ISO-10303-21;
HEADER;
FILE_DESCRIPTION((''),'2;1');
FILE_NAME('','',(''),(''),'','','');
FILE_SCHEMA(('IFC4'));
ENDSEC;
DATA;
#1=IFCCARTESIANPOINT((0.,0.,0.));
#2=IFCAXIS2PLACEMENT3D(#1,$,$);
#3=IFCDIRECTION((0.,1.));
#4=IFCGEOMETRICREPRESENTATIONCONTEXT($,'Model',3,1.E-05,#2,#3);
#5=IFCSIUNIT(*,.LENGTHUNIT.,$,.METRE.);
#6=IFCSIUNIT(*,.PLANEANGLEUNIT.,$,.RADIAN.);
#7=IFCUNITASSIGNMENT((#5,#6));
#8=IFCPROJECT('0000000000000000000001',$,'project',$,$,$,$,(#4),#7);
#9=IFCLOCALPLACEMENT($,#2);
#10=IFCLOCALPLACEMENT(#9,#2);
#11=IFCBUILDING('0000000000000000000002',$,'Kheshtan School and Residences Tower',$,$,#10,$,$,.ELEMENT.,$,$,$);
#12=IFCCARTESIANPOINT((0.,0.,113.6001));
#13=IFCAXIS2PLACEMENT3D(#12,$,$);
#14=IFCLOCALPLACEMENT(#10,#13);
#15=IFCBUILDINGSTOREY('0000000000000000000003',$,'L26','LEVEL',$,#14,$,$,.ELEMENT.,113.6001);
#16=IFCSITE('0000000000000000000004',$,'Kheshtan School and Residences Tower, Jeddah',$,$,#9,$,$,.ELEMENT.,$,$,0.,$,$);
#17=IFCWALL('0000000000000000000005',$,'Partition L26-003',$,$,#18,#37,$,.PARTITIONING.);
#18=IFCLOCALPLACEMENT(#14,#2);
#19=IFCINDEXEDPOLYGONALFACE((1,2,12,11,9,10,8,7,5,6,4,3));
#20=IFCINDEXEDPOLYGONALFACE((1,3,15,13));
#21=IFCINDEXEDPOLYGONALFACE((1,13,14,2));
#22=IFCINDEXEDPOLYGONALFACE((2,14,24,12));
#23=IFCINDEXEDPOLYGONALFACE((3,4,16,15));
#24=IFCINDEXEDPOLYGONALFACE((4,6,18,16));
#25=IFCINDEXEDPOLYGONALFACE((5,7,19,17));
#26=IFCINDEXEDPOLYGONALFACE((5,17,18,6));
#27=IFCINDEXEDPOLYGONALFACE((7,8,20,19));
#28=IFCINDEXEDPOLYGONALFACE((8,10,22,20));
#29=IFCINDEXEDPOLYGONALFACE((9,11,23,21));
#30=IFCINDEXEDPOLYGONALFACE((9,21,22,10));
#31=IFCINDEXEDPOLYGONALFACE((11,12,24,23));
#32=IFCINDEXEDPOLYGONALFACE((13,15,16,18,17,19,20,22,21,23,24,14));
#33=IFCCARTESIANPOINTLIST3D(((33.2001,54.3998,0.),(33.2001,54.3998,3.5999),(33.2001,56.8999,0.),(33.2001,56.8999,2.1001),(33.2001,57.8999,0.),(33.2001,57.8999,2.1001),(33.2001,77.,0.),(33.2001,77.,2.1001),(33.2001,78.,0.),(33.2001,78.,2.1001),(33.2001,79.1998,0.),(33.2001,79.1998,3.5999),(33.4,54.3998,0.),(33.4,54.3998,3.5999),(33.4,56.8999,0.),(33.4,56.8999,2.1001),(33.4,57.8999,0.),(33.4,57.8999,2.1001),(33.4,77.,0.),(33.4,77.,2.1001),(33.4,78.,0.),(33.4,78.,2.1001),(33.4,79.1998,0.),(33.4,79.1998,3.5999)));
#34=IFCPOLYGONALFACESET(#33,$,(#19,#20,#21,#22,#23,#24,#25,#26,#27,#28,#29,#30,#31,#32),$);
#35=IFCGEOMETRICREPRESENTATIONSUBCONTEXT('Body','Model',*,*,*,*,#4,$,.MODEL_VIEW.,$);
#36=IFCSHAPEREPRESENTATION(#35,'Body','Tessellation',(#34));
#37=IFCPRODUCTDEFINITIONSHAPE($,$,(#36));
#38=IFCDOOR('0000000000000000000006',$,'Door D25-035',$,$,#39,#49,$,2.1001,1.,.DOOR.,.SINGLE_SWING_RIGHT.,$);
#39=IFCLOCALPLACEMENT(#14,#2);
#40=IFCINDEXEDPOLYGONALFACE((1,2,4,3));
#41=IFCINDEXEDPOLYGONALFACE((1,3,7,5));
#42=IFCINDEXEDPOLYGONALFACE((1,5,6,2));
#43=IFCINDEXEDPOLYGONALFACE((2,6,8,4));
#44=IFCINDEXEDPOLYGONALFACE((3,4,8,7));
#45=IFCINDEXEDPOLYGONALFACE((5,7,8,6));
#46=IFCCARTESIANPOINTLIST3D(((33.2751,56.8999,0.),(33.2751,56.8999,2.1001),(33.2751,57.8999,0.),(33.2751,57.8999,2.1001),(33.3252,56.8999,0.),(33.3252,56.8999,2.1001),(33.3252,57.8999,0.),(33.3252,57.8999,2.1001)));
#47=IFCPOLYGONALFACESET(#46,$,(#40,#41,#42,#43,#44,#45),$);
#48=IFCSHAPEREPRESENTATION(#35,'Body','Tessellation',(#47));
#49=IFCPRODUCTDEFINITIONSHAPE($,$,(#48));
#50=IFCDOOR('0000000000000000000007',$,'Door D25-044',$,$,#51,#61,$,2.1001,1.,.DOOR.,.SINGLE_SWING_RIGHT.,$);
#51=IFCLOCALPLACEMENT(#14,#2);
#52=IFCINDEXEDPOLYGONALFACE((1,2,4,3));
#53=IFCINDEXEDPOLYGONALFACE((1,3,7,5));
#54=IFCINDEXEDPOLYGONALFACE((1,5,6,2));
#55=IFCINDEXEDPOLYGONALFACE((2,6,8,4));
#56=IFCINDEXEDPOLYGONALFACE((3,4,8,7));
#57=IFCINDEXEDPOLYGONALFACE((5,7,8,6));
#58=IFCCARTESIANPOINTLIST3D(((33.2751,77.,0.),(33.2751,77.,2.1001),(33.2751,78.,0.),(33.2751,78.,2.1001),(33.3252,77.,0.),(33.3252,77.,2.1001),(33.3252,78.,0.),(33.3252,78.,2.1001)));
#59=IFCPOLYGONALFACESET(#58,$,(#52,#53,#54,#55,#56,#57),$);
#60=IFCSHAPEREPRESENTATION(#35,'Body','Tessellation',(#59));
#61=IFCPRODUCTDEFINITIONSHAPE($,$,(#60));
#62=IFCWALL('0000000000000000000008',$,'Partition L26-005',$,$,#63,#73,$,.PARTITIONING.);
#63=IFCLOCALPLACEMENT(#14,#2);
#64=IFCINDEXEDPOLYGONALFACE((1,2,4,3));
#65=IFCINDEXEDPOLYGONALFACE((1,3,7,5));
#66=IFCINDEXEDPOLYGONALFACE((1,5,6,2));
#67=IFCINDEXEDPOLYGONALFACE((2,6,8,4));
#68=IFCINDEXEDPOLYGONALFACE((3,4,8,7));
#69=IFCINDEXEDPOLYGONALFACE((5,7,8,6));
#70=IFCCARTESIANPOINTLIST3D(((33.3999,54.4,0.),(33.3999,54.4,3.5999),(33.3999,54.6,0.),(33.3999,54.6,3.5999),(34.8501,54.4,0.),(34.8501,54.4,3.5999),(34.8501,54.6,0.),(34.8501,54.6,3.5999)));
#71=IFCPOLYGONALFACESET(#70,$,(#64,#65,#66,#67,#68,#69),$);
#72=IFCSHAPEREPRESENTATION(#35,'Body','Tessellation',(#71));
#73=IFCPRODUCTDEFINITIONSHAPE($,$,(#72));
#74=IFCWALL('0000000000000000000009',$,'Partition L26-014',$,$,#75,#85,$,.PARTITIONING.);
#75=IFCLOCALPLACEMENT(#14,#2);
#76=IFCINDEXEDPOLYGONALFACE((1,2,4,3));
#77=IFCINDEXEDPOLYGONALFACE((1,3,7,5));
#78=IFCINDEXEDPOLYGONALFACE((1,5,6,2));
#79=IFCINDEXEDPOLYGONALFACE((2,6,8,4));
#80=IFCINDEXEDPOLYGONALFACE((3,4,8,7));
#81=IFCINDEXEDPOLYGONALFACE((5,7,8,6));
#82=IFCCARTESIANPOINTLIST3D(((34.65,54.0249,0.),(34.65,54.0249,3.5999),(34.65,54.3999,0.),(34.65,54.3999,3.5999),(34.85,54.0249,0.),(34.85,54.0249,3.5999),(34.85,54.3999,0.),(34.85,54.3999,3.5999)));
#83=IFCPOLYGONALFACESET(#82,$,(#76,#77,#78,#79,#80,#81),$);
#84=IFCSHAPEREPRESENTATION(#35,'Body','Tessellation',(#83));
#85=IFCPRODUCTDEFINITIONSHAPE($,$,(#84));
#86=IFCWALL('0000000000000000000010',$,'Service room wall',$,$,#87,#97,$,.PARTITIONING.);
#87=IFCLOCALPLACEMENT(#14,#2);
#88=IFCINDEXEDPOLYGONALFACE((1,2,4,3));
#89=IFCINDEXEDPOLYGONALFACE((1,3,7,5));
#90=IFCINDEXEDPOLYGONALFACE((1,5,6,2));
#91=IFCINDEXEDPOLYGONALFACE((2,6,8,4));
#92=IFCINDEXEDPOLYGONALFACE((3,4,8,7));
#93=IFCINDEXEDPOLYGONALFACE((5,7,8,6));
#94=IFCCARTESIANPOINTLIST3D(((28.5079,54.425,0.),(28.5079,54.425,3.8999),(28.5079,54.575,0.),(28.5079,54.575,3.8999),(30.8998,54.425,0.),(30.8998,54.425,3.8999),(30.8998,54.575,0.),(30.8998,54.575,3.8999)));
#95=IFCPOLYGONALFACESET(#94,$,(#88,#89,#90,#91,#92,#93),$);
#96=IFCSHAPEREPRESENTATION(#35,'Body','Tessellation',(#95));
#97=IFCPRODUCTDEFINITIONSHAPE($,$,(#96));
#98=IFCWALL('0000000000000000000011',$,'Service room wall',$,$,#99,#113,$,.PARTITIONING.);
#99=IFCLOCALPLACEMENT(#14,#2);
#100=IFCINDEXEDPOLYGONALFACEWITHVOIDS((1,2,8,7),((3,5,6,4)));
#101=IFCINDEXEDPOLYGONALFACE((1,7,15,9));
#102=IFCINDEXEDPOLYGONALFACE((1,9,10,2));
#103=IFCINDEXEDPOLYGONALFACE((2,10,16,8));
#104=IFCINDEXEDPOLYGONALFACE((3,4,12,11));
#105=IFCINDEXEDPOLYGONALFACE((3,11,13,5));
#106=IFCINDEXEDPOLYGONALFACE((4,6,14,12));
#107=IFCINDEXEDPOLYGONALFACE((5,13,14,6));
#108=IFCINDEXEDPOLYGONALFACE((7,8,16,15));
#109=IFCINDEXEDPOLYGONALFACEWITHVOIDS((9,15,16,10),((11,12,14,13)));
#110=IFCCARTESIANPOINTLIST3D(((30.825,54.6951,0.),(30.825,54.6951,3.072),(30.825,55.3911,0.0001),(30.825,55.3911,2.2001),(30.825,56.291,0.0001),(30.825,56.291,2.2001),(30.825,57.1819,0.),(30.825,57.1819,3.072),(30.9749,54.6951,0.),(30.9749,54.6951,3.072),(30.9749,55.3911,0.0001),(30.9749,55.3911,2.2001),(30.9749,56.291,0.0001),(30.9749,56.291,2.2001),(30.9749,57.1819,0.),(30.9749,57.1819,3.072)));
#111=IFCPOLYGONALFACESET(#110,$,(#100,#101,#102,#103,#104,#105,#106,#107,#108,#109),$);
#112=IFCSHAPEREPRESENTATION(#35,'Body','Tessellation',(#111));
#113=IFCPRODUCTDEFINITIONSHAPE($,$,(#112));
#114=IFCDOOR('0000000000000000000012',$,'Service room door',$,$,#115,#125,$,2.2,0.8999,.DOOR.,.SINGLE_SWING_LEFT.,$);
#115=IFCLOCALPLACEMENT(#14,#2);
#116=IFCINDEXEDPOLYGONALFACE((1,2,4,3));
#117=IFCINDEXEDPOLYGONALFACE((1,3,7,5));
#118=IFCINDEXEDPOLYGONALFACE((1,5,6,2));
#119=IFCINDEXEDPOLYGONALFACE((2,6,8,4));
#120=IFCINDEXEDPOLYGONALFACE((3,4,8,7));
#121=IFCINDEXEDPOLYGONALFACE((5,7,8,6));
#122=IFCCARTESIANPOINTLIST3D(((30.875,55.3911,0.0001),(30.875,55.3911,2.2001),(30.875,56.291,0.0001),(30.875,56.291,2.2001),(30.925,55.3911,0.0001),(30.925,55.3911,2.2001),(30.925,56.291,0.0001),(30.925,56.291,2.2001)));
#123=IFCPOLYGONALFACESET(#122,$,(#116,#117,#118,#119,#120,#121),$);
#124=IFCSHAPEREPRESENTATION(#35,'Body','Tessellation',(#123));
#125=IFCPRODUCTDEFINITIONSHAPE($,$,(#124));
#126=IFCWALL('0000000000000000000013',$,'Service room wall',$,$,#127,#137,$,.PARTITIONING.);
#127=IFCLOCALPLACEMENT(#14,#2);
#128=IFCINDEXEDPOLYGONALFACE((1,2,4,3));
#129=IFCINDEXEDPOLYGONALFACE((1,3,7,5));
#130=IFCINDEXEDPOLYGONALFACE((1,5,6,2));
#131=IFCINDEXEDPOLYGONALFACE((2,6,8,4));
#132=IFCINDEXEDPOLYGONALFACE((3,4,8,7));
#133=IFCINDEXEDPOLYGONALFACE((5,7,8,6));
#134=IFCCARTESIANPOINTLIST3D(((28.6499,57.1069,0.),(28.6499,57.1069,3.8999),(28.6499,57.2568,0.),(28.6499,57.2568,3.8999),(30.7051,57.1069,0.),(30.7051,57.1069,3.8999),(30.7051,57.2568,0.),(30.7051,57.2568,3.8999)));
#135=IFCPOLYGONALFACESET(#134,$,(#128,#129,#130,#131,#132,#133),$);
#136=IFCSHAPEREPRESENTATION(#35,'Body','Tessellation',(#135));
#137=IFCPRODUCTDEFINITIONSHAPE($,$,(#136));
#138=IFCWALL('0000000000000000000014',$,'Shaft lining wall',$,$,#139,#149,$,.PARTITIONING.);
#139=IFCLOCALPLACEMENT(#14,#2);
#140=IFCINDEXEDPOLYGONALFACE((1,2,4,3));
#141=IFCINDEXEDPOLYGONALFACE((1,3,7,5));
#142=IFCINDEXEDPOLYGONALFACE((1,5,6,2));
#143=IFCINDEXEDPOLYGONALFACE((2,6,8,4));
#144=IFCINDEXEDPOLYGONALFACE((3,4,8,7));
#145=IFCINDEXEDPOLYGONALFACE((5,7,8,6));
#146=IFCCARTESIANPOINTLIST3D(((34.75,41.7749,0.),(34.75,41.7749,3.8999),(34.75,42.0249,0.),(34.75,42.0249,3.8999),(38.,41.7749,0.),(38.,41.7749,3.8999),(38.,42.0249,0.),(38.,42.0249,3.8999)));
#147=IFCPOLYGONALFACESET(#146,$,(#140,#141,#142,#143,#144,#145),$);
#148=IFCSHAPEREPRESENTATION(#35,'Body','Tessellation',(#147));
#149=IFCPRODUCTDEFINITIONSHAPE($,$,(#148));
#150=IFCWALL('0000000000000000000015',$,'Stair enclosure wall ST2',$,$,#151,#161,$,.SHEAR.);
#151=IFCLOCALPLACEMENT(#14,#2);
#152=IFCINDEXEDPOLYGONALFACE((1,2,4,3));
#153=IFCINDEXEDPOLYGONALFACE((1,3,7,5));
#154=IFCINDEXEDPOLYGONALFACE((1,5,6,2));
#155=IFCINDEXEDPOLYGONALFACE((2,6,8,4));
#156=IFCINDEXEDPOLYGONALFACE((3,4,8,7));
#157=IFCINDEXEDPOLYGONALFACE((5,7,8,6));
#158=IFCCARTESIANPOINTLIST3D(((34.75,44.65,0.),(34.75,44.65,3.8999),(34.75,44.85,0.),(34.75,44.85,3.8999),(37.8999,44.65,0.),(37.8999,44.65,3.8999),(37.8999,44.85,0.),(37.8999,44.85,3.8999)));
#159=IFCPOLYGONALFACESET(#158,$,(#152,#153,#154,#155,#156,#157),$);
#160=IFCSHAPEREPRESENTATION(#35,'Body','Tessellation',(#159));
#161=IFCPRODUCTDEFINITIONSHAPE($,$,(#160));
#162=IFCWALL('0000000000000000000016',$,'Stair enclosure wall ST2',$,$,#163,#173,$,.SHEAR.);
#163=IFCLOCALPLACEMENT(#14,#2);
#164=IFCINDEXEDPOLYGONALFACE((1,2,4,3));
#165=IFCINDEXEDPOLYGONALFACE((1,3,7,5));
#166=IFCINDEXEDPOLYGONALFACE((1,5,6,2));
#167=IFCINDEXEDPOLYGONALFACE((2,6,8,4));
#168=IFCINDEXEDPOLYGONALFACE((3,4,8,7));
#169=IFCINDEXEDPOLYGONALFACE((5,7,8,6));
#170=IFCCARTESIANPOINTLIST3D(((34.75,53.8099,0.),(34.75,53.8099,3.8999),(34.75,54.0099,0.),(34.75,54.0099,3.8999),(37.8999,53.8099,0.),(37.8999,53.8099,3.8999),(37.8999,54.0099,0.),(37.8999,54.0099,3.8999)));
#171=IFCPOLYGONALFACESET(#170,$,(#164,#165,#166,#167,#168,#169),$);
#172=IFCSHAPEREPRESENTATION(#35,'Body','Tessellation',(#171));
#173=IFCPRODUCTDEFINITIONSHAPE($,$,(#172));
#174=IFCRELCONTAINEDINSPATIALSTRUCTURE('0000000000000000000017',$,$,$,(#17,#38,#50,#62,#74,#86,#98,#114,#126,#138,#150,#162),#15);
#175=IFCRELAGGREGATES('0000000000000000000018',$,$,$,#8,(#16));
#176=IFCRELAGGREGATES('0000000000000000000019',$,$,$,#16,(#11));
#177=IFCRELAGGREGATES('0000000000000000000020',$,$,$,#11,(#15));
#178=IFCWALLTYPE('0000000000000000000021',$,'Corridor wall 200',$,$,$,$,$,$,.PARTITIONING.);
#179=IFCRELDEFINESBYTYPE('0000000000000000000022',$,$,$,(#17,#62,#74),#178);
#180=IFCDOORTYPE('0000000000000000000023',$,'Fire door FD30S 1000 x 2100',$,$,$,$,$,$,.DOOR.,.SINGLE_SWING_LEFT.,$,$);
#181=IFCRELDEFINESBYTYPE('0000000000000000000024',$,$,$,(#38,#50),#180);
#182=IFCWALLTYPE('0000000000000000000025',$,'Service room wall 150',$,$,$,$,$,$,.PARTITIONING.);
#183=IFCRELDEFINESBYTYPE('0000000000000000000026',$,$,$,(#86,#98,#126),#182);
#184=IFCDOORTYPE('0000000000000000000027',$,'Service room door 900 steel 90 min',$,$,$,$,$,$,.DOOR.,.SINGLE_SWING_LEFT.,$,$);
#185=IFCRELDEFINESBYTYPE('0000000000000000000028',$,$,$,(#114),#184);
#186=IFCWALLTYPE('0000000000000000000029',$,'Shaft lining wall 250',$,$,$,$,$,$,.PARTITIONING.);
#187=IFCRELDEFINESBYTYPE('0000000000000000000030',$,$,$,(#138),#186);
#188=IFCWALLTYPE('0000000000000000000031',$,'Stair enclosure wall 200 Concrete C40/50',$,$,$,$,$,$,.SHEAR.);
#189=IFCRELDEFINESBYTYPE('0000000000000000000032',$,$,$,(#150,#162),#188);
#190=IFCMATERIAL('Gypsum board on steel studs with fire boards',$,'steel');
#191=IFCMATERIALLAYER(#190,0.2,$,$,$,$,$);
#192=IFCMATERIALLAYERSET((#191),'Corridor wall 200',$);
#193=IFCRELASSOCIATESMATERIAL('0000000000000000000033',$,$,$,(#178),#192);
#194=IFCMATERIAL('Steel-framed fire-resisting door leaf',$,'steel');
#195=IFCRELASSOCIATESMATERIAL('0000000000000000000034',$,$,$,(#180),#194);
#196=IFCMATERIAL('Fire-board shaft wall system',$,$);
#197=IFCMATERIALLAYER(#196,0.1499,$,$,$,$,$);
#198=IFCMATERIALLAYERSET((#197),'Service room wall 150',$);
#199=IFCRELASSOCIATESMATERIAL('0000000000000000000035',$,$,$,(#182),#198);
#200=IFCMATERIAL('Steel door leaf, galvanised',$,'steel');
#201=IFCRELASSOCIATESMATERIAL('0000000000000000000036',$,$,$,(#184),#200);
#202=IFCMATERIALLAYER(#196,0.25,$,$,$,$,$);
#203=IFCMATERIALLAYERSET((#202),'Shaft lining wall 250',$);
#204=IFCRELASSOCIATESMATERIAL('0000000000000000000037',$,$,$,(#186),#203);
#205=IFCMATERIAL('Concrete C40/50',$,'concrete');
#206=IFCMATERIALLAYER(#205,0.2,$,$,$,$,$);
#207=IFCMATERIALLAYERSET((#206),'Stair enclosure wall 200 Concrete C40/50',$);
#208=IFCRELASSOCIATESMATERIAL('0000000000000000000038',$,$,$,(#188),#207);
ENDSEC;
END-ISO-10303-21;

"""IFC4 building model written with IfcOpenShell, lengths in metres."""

from ifc_helpers import new_model, si_unit, direction, frame, frame_2d, origin, place, context, subcontext, project, spatial, rectangle, extrude, source, transform, mapped, material, layer, layer_set, type_object, element, fill, save


model = new_model("IFC4")

# Units and contexts
model_context = context("Model", 3, precision=1e-05, world=origin(), true_north=direction((0.0, 1.0)))
body_context = subcontext(model_context, "Body", "Model", "MODEL_VIEW")
ifc_project = project(units=[si_unit("LENGTHUNIT", "METRE"), si_unit("PLANEANGLEUNIT", "RADIAN")], contexts=[model_context])

# Site, building, storey
site_placement = place(None, origin())
site = spatial("IfcSite", under=ifc_project, at=site_placement, Name="Kheshtan School and Residences Tower, Jeddah", CompositionType="ELEMENT", RefElevation=0.0)
building_placement = place(site_placement, origin())
building = spatial("IfcBuilding", under=site, at=building_placement, Name="Kheshtan School and Residences Tower", CompositionType="ELEMENT")
storey_placement = place(building_placement, frame((0.0, 0.0, 113.6001)))
storey = spatial("IfcBuildingStorey", under=building, at=storey_placement, Name="L26", Description="LEVEL", CompositionType="ELEMENT", Elevation=113.6001)

# Wall, openings, doors
ifc_material_1 = material(Name="Gypsum board on steel studs with fire boards", Category="steel")
ifc_layer_1 = layer(ifc_material_1, 0.2)
ifc_layer_set_1 = layer_set([ifc_layer_1], Name="Corridor wall 200")
wall_type_1 = type_object("IfcWallType", Name="Corridor wall 200", PredefinedType="PARTITIONING", material=ifc_layer_set_1)
wall_1_placement = place(storey_placement, frame((33.3, 54.3999, 0.0), z_axis=(0.0, 0.0, 1.0), x_axis=(0.0, 1.0, 0.0)))
wall_1 = element("IfcWall", 1, at=wall_1_placement, inside=storey, type_object=wall_type_1, Name="Partition L26-003", PredefinedType="PARTITIONING", context=body_context, shape_type="SweptSolid", body=[
    extrude(rectangle(XDim=24.8, YDim=0.2, at=frame_2d((12.3999, 0.0))), origin(), (0.0, 0.0, 1.0), 3.5999),
])
opening_1_placement = place(wall_1_placement, frame((2.5, 0.0, 0.0)))
opening_1 = element("IfcOpeningElement", 2, at=opening_1_placement, cuts=wall_1, PredefinedType="OPENING", context=body_context, shape_type="SweptSolid", body=[
    extrude(rectangle(XDim=1.0, YDim=2.1001, at=frame_2d((0.5, 1.05))), frame((0.0, 0.1099, 0.0), z_axis=(0.0, -1.0, 0.0), x_axis=(1.0, 0.0, 0.0)), (0.0, 0.0, 1.0), 0.22),
])
opening_2_placement = place(wall_1_placement, frame((22.6001, 0.0, 0.0)))
opening_2 = element("IfcOpeningElement", 3, at=opening_2_placement, cuts=wall_1, PredefinedType="OPENING", context=body_context, shape_type="SweptSolid", body=[
    extrude(rectangle(XDim=1.0, YDim=2.1001, at=frame_2d((0.5, 1.05))), frame((0.0, 0.1099, 0.0), z_axis=(0.0, -1.0, 0.0), x_axis=(1.0, 0.0, 0.0)), (0.0, 0.0, 1.0), 0.22),
])
ifc_material_2 = material(Name="Steel-framed fire-resisting door leaf", Category="steel")
door_type_1 = type_object("IfcDoorType", Name="Fire door FD30S 1000 x 2100", OperationType="SINGLE_SWING_LEFT", PredefinedType="DOOR", material=ifc_material_2)
shared_shape_1 = source(origin(), body_context, "Body", "SweptSolid", [
    extrude(rectangle(XDim=1.0, YDim=2.1001, at=frame_2d((0.5, 1.05))), frame((0.0, 0.0249, 0.0), z_axis=(0.0, -1.0, 0.0), x_axis=(1.0, 0.0, 0.0)), (0.0, 0.0, 1.0), 0.05),
])
door_1_placement = place(opening_1_placement, origin())
door_1 = element("IfcDoor", 4, at=door_1_placement, inside=storey, type_object=door_type_1, Name="Door D25-035", OperationType="SINGLE_SWING_RIGHT", OverallHeight=2.1001, OverallWidth=1.0, PredefinedType="DOOR", context=body_context, shape_type="MappedRepresentation", body=[
    mapped(shared_shape_1, transform((0.0, 0.0, 0.0), x_axis=(1.0, 0.0, 0.0), y_axis=(0.0, 1.0, 0.0), z_axis=(0.0, 0.0, 1.0), scale=1.0)),
])
fill(opening_1, door_1)
door_2_placement = place(opening_2_placement, origin())
door_2 = element("IfcDoor", 5, at=door_2_placement, inside=storey, type_object=door_type_1, Name="Door D25-044", OperationType="SINGLE_SWING_RIGHT", OverallHeight=2.1001, OverallWidth=1.0, PredefinedType="DOOR", context=body_context, shape_type="MappedRepresentation", body=[
    mapped(shared_shape_1, transform((0.0, 0.0, 0.0), x_axis=(1.0, 0.0, 0.0), y_axis=(0.0, 1.0, 0.0), z_axis=(0.0, 0.0, 1.0), scale=1.0)),
])
fill(opening_2, door_2)

# Walls
wall_2_placement = place(storey_placement, frame((33.3999, 54.5, 0.0), z_axis=(0.0, 0.0, 1.0), x_axis=(1.0, 0.0, 0.0)))
element("IfcWall", 6, at=wall_2_placement, inside=storey, type_object=wall_type_1, Name="Partition L26-005", PredefinedType="PARTITIONING", context=body_context, shape_type="SweptSolid", body=[
    extrude(rectangle(XDim=1.4502, YDim=0.2, at=frame_2d((0.7251, 0.0))), origin(), (0.0, 0.0, 1.0), 3.5999),
])
wall_3_placement = place(storey_placement, frame((34.75, 54.0249, 0.0), z_axis=(0.0, 0.0, 1.0), x_axis=(0.0, 1.0, 0.0)))
element("IfcWall", 7, at=wall_3_placement, inside=storey, type_object=wall_type_1, Name="Partition L26-014", PredefinedType="PARTITIONING", context=body_context, shape_type="SweptSolid", body=[
    extrude(rectangle(XDim=0.375, YDim=0.2, at=frame_2d((0.1875, 0.0))), origin(), (0.0, 0.0, 1.0), 3.5999),
])
ifc_material_3 = material(Name="Fire-board shaft wall system")
ifc_layer_2 = layer(ifc_material_3, 0.1499)
ifc_layer_set_2 = layer_set([ifc_layer_2], Name="Service room wall 150")
wall_type_2 = type_object("IfcWallType", Name="Service room wall 150", PredefinedType="PARTITIONING", material=ifc_layer_set_2)
wall_4_placement = place(storey_placement, frame((28.5081, 54.5, 0.0), z_axis=(0.0, 0.0, 1.0), x_axis=(1.0, 0.0, 0.0)))
element("IfcWall", 8, at=wall_4_placement, inside=storey, type_object=wall_type_2, Name="Service room wall", PredefinedType="PARTITIONING", context=body_context, shape_type="SweptSolid", body=[
    extrude(rectangle(XDim=2.3918, YDim=0.1499, at=frame_2d((1.1958, 0.0))), origin(), (0.0, 0.0, 1.0), 3.8999),
])

# Wall, opening, door
wall_5_placement = place(storey_placement, frame((30.8999, 54.6951, 0.0), z_axis=(0.0, 0.0, 1.0), x_axis=(0.0, 1.0, 0.0)))
wall_5 = element("IfcWall", 9, at=wall_5_placement, inside=storey, type_object=wall_type_2, Name="Service room wall", PredefinedType="PARTITIONING", context=body_context, shape_type="SweptSolid", body=[
    extrude(rectangle(XDim=2.4868, YDim=0.1499, at=frame_2d((1.2434, 0.0))), origin(), (0.0, 0.0, 1.0), 3.072),
])
opening_3_placement = place(wall_5_placement, frame((0.696, 0.0, 0.0)))
opening_3 = element("IfcOpeningElement", 10, at=opening_3_placement, cuts=wall_5, PredefinedType="OPENING", context=body_context, shape_type="SweptSolid", body=[
    extrude(rectangle(XDim=0.8999, YDim=2.2, at=frame_2d((0.45, 1.1001))), frame((0.0, 0.085, 0.0), z_axis=(0.0, -1.0, 0.0), x_axis=(1.0, 0.0, 0.0)), (0.0, 0.0, 1.0), 0.1699),
])
ifc_material_4 = material(Name="Steel door leaf, galvanised", Category="steel")
door_type_2 = type_object("IfcDoorType", Name="Service room door 900 steel 90 min", OperationType="SINGLE_SWING_LEFT", PredefinedType="DOOR", material=ifc_material_4)
shared_shape_2 = source(origin(), body_context, "Body", "SweptSolid", [
    extrude(rectangle(XDim=0.8999, YDim=2.2, at=frame_2d((0.45, 1.1001))), frame((0.0, 0.0249, 0.0), z_axis=(0.0, -1.0, 0.0), x_axis=(1.0, 0.0, 0.0)), (0.0, 0.0, 1.0), 0.05),
])
door_3_placement = place(opening_3_placement, origin())
door_3 = element("IfcDoor", 11, at=door_3_placement, inside=storey, type_object=door_type_2, Name="Service room door", OperationType="SINGLE_SWING_LEFT", OverallHeight=2.2, OverallWidth=0.8999, PredefinedType="DOOR", context=body_context, shape_type="MappedRepresentation", body=[
    mapped(shared_shape_2, transform((0.0, 0.0, 0.0), x_axis=(1.0, 0.0, 0.0), y_axis=(0.0, 1.0, 0.0), z_axis=(0.0, 0.0, 1.0), scale=1.0)),
])
fill(opening_3, door_3)

# Walls
wall_6_placement = place(storey_placement, frame((28.6499, 57.1819, 0.0), z_axis=(0.0, 0.0, 1.0), x_axis=(1.0, 0.0, 0.0)))
element("IfcWall", 12, at=wall_6_placement, inside=storey, type_object=wall_type_2, Name="Service room wall", PredefinedType="PARTITIONING", context=body_context, shape_type="SweptSolid", body=[
    extrude(rectangle(XDim=2.0552, YDim=0.1499, at=frame_2d((1.0276, 0.0))), origin(), (0.0, 0.0, 1.0), 3.8999),
])
ifc_layer_3 = layer(ifc_material_3, 0.25)
ifc_layer_set_3 = layer_set([ifc_layer_3], Name="Shaft lining wall 250")
wall_type_3 = type_object("IfcWallType", Name="Shaft lining wall 250", PredefinedType="PARTITIONING", material=ifc_layer_set_3)
wall_7_placement = place(storey_placement, frame((34.75, 41.8999, 0.0), z_axis=(0.0, 0.0, 1.0), x_axis=(1.0, 0.0, 0.0)))
element("IfcWall", 13, at=wall_7_placement, inside=storey, type_object=wall_type_3, Name="Shaft lining wall", PredefinedType="PARTITIONING", context=body_context, shape_type="SweptSolid", body=[
    extrude(rectangle(XDim=3.25, YDim=0.25, at=frame_2d((1.625, 0.0))), origin(), (0.0, 0.0, 1.0), 3.8999),
])
ifc_material_5 = material(Name="Concrete C40/50", Category="concrete")
ifc_layer_4 = layer(ifc_material_5, 0.2)
ifc_layer_set_4 = layer_set([ifc_layer_4], Name="Stair enclosure wall 200 Concrete C40/50")
wall_type_4 = type_object("IfcWallType", Name="Stair enclosure wall 200 Concrete C40/50", PredefinedType="SHEAR", material=ifc_layer_set_4)
for number, where, z_axis, x_axis, name in (
    (14, (34.75, 44.75, 0.0), (0.0, 0.0, 1.0), (1.0, 0.0, 0.0), "Stair enclosure wall ST2"),
    (15, (34.75, 53.9099, 0.0), (0.0, 0.0, 1.0), (1.0, 0.0, 0.0), "Stair enclosure wall ST2"),
):
    element("IfcWall", number, at=place(storey_placement, frame(where, z_axis=z_axis, x_axis=x_axis)), inside=storey, type_object=wall_type_4, Name=name, PredefinedType="SHEAR", context=body_context, shape_type="SweptSolid", body=[
        extrude(rectangle(XDim=3.1499, YDim=0.2, at=frame_2d((1.575, 0.0))), origin(), (0.0, 0.0, 1.0), 3.8999),
    ])

save(model, "model.ifc")
